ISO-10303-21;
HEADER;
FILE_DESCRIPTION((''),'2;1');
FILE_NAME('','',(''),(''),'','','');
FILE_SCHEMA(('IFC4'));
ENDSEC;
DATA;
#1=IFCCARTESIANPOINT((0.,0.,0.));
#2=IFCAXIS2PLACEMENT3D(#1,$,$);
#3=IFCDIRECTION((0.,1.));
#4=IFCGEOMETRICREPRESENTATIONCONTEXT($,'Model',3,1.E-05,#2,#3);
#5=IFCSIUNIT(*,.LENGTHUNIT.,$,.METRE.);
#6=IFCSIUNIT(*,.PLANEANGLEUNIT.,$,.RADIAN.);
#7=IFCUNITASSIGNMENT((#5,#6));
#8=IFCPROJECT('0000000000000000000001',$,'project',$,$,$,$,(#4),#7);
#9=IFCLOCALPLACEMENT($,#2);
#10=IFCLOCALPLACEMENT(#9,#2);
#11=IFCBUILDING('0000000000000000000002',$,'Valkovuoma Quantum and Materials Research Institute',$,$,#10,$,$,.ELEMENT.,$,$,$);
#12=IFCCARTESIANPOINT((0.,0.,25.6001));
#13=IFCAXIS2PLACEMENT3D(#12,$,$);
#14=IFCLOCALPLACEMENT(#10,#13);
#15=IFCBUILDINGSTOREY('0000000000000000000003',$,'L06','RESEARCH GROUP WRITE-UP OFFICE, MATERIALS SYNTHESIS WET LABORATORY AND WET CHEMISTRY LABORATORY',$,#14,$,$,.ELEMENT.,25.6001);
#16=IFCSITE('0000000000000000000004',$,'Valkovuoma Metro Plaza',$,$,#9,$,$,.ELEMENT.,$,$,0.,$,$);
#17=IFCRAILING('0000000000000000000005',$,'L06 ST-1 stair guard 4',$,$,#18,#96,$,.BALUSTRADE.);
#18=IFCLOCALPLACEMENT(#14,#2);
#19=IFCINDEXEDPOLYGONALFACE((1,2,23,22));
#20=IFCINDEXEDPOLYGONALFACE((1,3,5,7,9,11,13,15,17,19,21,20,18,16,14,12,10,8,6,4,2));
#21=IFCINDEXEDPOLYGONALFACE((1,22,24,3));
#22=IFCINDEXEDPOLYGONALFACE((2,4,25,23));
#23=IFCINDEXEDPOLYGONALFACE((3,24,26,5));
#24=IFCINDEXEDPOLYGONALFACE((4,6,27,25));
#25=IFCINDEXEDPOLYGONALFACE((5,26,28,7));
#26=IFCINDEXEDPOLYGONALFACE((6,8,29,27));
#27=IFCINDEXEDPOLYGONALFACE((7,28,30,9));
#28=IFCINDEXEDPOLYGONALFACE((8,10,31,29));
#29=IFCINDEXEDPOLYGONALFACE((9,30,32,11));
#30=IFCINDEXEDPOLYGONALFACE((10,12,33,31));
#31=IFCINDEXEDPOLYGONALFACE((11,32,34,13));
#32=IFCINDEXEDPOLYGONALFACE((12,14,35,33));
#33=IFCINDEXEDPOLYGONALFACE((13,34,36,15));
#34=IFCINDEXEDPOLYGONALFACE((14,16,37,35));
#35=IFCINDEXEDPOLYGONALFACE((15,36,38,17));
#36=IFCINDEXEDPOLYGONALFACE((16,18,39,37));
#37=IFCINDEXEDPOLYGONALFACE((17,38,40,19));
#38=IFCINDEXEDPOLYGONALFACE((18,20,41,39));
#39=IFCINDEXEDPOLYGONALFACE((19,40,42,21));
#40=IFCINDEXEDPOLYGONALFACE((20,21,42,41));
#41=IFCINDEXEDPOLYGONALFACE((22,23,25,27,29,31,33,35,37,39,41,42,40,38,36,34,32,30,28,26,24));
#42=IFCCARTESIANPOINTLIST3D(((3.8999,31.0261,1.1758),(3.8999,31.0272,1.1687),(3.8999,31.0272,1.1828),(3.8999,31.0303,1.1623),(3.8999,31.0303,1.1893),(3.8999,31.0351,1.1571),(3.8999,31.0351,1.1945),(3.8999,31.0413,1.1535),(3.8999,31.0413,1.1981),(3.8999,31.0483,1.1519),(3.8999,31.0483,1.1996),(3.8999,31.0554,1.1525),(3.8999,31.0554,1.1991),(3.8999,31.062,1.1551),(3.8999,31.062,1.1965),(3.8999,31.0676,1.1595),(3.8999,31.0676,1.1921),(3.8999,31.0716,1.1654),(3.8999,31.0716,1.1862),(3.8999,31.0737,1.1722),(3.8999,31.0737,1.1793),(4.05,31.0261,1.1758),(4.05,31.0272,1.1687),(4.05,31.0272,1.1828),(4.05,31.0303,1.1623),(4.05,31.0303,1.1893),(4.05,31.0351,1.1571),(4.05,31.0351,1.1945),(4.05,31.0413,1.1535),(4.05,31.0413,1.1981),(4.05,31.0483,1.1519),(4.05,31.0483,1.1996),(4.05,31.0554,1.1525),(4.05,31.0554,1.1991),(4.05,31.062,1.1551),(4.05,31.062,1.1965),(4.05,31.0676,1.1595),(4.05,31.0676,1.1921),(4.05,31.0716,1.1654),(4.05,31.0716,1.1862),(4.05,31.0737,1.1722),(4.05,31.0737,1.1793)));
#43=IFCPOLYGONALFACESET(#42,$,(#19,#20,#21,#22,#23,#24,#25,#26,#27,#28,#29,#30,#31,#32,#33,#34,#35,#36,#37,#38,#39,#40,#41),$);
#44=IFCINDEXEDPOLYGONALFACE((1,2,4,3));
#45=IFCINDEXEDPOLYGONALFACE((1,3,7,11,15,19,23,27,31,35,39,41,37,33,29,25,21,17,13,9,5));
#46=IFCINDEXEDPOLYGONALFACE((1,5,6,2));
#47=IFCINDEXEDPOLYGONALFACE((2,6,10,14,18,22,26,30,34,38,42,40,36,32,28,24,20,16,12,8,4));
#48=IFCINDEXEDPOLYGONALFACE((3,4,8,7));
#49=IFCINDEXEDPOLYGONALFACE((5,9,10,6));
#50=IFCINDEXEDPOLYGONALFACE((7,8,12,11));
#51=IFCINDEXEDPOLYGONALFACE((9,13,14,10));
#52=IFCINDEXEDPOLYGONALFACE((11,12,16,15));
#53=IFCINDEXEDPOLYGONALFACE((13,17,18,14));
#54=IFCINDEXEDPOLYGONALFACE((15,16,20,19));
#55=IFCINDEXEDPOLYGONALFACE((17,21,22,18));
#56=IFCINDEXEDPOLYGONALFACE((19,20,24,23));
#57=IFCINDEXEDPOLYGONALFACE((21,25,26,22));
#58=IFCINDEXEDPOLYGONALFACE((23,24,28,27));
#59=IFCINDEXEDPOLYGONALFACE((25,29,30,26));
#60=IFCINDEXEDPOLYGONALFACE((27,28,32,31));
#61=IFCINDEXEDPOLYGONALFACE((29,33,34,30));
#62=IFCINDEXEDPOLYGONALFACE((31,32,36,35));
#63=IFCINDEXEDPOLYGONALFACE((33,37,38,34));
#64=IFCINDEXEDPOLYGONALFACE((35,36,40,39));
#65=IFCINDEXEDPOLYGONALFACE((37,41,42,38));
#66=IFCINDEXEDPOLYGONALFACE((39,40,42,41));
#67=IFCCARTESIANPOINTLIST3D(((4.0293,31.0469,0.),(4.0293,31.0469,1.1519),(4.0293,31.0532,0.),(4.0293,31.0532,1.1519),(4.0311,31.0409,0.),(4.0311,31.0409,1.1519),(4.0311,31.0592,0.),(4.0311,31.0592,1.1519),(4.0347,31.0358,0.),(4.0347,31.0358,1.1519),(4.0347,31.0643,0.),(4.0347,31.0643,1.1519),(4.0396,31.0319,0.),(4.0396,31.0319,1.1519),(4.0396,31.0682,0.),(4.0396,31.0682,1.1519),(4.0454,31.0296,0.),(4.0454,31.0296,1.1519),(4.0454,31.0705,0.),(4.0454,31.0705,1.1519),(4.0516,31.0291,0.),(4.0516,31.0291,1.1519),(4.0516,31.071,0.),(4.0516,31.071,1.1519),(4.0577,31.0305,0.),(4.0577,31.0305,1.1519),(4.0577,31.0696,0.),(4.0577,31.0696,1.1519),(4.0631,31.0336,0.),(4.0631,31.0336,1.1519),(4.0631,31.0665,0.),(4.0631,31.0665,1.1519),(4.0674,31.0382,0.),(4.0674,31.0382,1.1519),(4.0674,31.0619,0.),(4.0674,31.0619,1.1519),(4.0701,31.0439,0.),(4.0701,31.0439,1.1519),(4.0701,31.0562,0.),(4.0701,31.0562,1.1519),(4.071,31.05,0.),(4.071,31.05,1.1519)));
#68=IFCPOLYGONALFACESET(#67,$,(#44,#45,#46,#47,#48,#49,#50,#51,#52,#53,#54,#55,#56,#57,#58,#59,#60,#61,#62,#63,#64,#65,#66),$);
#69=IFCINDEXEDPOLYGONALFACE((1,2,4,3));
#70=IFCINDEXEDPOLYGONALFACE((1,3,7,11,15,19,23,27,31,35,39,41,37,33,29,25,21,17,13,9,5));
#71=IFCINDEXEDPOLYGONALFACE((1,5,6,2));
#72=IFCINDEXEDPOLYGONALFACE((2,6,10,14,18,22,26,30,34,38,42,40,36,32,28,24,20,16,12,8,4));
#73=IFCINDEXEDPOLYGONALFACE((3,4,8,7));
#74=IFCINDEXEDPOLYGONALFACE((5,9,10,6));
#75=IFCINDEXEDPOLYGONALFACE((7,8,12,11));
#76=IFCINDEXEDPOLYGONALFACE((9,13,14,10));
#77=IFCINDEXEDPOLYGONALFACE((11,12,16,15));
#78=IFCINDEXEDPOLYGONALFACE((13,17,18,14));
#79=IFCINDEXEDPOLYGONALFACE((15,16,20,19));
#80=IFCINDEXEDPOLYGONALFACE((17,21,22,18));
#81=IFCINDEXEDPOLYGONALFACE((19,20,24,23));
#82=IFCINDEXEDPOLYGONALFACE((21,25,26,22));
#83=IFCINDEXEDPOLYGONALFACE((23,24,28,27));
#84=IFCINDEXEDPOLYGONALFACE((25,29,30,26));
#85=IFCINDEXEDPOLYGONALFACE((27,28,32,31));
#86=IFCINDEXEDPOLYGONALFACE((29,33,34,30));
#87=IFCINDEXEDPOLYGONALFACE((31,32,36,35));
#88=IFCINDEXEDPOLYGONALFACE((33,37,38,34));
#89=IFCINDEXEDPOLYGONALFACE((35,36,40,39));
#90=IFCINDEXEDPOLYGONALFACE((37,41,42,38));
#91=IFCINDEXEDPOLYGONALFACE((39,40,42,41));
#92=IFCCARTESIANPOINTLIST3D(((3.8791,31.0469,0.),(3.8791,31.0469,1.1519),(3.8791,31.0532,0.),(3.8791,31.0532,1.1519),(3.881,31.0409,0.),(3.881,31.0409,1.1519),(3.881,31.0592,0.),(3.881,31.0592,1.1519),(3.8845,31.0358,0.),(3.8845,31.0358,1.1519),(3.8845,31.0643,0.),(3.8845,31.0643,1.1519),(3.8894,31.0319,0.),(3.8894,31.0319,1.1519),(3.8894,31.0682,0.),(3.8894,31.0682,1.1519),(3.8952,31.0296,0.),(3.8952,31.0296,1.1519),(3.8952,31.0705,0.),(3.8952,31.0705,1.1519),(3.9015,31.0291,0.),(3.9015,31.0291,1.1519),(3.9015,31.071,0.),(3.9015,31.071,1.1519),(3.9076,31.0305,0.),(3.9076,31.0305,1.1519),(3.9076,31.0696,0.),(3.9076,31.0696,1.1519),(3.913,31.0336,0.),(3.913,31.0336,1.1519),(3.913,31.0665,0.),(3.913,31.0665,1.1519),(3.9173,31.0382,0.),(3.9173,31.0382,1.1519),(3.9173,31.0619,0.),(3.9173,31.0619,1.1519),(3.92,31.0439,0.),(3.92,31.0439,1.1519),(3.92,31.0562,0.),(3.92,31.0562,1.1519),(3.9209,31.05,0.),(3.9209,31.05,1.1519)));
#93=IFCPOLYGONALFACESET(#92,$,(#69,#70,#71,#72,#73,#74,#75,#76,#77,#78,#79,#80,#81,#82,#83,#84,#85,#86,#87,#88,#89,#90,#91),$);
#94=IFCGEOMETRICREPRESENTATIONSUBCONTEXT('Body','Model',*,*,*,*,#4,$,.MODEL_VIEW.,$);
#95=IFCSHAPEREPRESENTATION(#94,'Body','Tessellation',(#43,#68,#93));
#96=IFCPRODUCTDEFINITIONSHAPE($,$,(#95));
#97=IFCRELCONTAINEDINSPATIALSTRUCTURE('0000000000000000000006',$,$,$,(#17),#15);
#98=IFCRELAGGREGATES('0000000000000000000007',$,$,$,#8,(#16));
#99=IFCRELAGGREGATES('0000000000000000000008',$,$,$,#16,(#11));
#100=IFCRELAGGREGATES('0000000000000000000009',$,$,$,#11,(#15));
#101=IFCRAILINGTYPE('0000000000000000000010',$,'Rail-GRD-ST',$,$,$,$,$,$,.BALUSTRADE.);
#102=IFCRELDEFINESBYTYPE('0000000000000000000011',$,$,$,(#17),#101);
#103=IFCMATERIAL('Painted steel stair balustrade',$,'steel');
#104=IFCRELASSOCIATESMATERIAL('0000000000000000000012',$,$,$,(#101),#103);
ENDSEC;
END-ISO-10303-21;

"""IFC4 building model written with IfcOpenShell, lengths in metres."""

from ifc_helpers import new_model, si_unit, direction, frame, origin, origin_2d, place, context, subcontext, project, spatial, circle, extrude, material, type_object, element, save


model = new_model("IFC4")

# Units and contexts
model_context = context("Model", 3, precision=1e-05, world=origin(), true_north=direction((0.0, 1.0)))
body_context = subcontext(model_context, "Body", "Model", "MODEL_VIEW")
ifc_project = project(units=[si_unit("LENGTHUNIT", "METRE"), si_unit("PLANEANGLEUNIT", "RADIAN")], contexts=[model_context])

# Site, building, storey
site_placement = place(None, origin())
site = spatial("IfcSite", under=ifc_project, at=site_placement, Name="Valkovuoma Metro Plaza", CompositionType="ELEMENT", RefElevation=0.0)
building_placement = place(site_placement, origin())
building = spatial("IfcBuilding", under=site, at=building_placement, Name="Valkovuoma Quantum and Materials Research Institute", CompositionType="ELEMENT")
storey_placement = place(building_placement, frame((0.0, 0.0, 25.6001)))
storey = spatial("IfcBuildingStorey", under=building, at=storey_placement, Name="L06", Description="RESEARCH GROUP WRITE-UP OFFICE, MATERIALS SYNTHESIS WET LABORATORY AND WET CHEMISTRY LABORATORY", CompositionType="ELEMENT", Elevation=25.6001)

# Railing
ifc_material_1 = material(Name="Painted steel stair balustrade", Category="steel")
railing_type_1 = type_object("IfcRailingType", Name="Rail-GRD-ST", PredefinedType="BALUSTRADE", material=ifc_material_1)
railing_1_placement = place(storey_placement, frame((4.05, 31.05, 0.0)))
element("IfcRailing", 1, at=railing_1_placement, inside=storey, type_object=railing_type_1, Name="L06 ST-1 stair guard 4", PredefinedType="BALUSTRADE", context=body_context, shape_type="SweptSolid", body=[
    extrude(circle(Radius=0.0239, at=origin_2d()), frame((0.0, 0.0, 1.1758), z_axis=(-1.0, 0.0, 0.0), x_axis=(0.0, -1.0, 0.0)), (0.0, 0.0, 1.0), 0.1501),
    extrude(circle(Radius=0.021, at=origin_2d()), origin(), (0.0, 0.0, 1.0), 1.1519),
    extrude(circle(Radius=0.021, at=origin_2d()), frame((-0.1501, 0.0, 0.0)), (0.0, 0.0, 1.0), 1.1519),
])

save(model, "model.ifc")
